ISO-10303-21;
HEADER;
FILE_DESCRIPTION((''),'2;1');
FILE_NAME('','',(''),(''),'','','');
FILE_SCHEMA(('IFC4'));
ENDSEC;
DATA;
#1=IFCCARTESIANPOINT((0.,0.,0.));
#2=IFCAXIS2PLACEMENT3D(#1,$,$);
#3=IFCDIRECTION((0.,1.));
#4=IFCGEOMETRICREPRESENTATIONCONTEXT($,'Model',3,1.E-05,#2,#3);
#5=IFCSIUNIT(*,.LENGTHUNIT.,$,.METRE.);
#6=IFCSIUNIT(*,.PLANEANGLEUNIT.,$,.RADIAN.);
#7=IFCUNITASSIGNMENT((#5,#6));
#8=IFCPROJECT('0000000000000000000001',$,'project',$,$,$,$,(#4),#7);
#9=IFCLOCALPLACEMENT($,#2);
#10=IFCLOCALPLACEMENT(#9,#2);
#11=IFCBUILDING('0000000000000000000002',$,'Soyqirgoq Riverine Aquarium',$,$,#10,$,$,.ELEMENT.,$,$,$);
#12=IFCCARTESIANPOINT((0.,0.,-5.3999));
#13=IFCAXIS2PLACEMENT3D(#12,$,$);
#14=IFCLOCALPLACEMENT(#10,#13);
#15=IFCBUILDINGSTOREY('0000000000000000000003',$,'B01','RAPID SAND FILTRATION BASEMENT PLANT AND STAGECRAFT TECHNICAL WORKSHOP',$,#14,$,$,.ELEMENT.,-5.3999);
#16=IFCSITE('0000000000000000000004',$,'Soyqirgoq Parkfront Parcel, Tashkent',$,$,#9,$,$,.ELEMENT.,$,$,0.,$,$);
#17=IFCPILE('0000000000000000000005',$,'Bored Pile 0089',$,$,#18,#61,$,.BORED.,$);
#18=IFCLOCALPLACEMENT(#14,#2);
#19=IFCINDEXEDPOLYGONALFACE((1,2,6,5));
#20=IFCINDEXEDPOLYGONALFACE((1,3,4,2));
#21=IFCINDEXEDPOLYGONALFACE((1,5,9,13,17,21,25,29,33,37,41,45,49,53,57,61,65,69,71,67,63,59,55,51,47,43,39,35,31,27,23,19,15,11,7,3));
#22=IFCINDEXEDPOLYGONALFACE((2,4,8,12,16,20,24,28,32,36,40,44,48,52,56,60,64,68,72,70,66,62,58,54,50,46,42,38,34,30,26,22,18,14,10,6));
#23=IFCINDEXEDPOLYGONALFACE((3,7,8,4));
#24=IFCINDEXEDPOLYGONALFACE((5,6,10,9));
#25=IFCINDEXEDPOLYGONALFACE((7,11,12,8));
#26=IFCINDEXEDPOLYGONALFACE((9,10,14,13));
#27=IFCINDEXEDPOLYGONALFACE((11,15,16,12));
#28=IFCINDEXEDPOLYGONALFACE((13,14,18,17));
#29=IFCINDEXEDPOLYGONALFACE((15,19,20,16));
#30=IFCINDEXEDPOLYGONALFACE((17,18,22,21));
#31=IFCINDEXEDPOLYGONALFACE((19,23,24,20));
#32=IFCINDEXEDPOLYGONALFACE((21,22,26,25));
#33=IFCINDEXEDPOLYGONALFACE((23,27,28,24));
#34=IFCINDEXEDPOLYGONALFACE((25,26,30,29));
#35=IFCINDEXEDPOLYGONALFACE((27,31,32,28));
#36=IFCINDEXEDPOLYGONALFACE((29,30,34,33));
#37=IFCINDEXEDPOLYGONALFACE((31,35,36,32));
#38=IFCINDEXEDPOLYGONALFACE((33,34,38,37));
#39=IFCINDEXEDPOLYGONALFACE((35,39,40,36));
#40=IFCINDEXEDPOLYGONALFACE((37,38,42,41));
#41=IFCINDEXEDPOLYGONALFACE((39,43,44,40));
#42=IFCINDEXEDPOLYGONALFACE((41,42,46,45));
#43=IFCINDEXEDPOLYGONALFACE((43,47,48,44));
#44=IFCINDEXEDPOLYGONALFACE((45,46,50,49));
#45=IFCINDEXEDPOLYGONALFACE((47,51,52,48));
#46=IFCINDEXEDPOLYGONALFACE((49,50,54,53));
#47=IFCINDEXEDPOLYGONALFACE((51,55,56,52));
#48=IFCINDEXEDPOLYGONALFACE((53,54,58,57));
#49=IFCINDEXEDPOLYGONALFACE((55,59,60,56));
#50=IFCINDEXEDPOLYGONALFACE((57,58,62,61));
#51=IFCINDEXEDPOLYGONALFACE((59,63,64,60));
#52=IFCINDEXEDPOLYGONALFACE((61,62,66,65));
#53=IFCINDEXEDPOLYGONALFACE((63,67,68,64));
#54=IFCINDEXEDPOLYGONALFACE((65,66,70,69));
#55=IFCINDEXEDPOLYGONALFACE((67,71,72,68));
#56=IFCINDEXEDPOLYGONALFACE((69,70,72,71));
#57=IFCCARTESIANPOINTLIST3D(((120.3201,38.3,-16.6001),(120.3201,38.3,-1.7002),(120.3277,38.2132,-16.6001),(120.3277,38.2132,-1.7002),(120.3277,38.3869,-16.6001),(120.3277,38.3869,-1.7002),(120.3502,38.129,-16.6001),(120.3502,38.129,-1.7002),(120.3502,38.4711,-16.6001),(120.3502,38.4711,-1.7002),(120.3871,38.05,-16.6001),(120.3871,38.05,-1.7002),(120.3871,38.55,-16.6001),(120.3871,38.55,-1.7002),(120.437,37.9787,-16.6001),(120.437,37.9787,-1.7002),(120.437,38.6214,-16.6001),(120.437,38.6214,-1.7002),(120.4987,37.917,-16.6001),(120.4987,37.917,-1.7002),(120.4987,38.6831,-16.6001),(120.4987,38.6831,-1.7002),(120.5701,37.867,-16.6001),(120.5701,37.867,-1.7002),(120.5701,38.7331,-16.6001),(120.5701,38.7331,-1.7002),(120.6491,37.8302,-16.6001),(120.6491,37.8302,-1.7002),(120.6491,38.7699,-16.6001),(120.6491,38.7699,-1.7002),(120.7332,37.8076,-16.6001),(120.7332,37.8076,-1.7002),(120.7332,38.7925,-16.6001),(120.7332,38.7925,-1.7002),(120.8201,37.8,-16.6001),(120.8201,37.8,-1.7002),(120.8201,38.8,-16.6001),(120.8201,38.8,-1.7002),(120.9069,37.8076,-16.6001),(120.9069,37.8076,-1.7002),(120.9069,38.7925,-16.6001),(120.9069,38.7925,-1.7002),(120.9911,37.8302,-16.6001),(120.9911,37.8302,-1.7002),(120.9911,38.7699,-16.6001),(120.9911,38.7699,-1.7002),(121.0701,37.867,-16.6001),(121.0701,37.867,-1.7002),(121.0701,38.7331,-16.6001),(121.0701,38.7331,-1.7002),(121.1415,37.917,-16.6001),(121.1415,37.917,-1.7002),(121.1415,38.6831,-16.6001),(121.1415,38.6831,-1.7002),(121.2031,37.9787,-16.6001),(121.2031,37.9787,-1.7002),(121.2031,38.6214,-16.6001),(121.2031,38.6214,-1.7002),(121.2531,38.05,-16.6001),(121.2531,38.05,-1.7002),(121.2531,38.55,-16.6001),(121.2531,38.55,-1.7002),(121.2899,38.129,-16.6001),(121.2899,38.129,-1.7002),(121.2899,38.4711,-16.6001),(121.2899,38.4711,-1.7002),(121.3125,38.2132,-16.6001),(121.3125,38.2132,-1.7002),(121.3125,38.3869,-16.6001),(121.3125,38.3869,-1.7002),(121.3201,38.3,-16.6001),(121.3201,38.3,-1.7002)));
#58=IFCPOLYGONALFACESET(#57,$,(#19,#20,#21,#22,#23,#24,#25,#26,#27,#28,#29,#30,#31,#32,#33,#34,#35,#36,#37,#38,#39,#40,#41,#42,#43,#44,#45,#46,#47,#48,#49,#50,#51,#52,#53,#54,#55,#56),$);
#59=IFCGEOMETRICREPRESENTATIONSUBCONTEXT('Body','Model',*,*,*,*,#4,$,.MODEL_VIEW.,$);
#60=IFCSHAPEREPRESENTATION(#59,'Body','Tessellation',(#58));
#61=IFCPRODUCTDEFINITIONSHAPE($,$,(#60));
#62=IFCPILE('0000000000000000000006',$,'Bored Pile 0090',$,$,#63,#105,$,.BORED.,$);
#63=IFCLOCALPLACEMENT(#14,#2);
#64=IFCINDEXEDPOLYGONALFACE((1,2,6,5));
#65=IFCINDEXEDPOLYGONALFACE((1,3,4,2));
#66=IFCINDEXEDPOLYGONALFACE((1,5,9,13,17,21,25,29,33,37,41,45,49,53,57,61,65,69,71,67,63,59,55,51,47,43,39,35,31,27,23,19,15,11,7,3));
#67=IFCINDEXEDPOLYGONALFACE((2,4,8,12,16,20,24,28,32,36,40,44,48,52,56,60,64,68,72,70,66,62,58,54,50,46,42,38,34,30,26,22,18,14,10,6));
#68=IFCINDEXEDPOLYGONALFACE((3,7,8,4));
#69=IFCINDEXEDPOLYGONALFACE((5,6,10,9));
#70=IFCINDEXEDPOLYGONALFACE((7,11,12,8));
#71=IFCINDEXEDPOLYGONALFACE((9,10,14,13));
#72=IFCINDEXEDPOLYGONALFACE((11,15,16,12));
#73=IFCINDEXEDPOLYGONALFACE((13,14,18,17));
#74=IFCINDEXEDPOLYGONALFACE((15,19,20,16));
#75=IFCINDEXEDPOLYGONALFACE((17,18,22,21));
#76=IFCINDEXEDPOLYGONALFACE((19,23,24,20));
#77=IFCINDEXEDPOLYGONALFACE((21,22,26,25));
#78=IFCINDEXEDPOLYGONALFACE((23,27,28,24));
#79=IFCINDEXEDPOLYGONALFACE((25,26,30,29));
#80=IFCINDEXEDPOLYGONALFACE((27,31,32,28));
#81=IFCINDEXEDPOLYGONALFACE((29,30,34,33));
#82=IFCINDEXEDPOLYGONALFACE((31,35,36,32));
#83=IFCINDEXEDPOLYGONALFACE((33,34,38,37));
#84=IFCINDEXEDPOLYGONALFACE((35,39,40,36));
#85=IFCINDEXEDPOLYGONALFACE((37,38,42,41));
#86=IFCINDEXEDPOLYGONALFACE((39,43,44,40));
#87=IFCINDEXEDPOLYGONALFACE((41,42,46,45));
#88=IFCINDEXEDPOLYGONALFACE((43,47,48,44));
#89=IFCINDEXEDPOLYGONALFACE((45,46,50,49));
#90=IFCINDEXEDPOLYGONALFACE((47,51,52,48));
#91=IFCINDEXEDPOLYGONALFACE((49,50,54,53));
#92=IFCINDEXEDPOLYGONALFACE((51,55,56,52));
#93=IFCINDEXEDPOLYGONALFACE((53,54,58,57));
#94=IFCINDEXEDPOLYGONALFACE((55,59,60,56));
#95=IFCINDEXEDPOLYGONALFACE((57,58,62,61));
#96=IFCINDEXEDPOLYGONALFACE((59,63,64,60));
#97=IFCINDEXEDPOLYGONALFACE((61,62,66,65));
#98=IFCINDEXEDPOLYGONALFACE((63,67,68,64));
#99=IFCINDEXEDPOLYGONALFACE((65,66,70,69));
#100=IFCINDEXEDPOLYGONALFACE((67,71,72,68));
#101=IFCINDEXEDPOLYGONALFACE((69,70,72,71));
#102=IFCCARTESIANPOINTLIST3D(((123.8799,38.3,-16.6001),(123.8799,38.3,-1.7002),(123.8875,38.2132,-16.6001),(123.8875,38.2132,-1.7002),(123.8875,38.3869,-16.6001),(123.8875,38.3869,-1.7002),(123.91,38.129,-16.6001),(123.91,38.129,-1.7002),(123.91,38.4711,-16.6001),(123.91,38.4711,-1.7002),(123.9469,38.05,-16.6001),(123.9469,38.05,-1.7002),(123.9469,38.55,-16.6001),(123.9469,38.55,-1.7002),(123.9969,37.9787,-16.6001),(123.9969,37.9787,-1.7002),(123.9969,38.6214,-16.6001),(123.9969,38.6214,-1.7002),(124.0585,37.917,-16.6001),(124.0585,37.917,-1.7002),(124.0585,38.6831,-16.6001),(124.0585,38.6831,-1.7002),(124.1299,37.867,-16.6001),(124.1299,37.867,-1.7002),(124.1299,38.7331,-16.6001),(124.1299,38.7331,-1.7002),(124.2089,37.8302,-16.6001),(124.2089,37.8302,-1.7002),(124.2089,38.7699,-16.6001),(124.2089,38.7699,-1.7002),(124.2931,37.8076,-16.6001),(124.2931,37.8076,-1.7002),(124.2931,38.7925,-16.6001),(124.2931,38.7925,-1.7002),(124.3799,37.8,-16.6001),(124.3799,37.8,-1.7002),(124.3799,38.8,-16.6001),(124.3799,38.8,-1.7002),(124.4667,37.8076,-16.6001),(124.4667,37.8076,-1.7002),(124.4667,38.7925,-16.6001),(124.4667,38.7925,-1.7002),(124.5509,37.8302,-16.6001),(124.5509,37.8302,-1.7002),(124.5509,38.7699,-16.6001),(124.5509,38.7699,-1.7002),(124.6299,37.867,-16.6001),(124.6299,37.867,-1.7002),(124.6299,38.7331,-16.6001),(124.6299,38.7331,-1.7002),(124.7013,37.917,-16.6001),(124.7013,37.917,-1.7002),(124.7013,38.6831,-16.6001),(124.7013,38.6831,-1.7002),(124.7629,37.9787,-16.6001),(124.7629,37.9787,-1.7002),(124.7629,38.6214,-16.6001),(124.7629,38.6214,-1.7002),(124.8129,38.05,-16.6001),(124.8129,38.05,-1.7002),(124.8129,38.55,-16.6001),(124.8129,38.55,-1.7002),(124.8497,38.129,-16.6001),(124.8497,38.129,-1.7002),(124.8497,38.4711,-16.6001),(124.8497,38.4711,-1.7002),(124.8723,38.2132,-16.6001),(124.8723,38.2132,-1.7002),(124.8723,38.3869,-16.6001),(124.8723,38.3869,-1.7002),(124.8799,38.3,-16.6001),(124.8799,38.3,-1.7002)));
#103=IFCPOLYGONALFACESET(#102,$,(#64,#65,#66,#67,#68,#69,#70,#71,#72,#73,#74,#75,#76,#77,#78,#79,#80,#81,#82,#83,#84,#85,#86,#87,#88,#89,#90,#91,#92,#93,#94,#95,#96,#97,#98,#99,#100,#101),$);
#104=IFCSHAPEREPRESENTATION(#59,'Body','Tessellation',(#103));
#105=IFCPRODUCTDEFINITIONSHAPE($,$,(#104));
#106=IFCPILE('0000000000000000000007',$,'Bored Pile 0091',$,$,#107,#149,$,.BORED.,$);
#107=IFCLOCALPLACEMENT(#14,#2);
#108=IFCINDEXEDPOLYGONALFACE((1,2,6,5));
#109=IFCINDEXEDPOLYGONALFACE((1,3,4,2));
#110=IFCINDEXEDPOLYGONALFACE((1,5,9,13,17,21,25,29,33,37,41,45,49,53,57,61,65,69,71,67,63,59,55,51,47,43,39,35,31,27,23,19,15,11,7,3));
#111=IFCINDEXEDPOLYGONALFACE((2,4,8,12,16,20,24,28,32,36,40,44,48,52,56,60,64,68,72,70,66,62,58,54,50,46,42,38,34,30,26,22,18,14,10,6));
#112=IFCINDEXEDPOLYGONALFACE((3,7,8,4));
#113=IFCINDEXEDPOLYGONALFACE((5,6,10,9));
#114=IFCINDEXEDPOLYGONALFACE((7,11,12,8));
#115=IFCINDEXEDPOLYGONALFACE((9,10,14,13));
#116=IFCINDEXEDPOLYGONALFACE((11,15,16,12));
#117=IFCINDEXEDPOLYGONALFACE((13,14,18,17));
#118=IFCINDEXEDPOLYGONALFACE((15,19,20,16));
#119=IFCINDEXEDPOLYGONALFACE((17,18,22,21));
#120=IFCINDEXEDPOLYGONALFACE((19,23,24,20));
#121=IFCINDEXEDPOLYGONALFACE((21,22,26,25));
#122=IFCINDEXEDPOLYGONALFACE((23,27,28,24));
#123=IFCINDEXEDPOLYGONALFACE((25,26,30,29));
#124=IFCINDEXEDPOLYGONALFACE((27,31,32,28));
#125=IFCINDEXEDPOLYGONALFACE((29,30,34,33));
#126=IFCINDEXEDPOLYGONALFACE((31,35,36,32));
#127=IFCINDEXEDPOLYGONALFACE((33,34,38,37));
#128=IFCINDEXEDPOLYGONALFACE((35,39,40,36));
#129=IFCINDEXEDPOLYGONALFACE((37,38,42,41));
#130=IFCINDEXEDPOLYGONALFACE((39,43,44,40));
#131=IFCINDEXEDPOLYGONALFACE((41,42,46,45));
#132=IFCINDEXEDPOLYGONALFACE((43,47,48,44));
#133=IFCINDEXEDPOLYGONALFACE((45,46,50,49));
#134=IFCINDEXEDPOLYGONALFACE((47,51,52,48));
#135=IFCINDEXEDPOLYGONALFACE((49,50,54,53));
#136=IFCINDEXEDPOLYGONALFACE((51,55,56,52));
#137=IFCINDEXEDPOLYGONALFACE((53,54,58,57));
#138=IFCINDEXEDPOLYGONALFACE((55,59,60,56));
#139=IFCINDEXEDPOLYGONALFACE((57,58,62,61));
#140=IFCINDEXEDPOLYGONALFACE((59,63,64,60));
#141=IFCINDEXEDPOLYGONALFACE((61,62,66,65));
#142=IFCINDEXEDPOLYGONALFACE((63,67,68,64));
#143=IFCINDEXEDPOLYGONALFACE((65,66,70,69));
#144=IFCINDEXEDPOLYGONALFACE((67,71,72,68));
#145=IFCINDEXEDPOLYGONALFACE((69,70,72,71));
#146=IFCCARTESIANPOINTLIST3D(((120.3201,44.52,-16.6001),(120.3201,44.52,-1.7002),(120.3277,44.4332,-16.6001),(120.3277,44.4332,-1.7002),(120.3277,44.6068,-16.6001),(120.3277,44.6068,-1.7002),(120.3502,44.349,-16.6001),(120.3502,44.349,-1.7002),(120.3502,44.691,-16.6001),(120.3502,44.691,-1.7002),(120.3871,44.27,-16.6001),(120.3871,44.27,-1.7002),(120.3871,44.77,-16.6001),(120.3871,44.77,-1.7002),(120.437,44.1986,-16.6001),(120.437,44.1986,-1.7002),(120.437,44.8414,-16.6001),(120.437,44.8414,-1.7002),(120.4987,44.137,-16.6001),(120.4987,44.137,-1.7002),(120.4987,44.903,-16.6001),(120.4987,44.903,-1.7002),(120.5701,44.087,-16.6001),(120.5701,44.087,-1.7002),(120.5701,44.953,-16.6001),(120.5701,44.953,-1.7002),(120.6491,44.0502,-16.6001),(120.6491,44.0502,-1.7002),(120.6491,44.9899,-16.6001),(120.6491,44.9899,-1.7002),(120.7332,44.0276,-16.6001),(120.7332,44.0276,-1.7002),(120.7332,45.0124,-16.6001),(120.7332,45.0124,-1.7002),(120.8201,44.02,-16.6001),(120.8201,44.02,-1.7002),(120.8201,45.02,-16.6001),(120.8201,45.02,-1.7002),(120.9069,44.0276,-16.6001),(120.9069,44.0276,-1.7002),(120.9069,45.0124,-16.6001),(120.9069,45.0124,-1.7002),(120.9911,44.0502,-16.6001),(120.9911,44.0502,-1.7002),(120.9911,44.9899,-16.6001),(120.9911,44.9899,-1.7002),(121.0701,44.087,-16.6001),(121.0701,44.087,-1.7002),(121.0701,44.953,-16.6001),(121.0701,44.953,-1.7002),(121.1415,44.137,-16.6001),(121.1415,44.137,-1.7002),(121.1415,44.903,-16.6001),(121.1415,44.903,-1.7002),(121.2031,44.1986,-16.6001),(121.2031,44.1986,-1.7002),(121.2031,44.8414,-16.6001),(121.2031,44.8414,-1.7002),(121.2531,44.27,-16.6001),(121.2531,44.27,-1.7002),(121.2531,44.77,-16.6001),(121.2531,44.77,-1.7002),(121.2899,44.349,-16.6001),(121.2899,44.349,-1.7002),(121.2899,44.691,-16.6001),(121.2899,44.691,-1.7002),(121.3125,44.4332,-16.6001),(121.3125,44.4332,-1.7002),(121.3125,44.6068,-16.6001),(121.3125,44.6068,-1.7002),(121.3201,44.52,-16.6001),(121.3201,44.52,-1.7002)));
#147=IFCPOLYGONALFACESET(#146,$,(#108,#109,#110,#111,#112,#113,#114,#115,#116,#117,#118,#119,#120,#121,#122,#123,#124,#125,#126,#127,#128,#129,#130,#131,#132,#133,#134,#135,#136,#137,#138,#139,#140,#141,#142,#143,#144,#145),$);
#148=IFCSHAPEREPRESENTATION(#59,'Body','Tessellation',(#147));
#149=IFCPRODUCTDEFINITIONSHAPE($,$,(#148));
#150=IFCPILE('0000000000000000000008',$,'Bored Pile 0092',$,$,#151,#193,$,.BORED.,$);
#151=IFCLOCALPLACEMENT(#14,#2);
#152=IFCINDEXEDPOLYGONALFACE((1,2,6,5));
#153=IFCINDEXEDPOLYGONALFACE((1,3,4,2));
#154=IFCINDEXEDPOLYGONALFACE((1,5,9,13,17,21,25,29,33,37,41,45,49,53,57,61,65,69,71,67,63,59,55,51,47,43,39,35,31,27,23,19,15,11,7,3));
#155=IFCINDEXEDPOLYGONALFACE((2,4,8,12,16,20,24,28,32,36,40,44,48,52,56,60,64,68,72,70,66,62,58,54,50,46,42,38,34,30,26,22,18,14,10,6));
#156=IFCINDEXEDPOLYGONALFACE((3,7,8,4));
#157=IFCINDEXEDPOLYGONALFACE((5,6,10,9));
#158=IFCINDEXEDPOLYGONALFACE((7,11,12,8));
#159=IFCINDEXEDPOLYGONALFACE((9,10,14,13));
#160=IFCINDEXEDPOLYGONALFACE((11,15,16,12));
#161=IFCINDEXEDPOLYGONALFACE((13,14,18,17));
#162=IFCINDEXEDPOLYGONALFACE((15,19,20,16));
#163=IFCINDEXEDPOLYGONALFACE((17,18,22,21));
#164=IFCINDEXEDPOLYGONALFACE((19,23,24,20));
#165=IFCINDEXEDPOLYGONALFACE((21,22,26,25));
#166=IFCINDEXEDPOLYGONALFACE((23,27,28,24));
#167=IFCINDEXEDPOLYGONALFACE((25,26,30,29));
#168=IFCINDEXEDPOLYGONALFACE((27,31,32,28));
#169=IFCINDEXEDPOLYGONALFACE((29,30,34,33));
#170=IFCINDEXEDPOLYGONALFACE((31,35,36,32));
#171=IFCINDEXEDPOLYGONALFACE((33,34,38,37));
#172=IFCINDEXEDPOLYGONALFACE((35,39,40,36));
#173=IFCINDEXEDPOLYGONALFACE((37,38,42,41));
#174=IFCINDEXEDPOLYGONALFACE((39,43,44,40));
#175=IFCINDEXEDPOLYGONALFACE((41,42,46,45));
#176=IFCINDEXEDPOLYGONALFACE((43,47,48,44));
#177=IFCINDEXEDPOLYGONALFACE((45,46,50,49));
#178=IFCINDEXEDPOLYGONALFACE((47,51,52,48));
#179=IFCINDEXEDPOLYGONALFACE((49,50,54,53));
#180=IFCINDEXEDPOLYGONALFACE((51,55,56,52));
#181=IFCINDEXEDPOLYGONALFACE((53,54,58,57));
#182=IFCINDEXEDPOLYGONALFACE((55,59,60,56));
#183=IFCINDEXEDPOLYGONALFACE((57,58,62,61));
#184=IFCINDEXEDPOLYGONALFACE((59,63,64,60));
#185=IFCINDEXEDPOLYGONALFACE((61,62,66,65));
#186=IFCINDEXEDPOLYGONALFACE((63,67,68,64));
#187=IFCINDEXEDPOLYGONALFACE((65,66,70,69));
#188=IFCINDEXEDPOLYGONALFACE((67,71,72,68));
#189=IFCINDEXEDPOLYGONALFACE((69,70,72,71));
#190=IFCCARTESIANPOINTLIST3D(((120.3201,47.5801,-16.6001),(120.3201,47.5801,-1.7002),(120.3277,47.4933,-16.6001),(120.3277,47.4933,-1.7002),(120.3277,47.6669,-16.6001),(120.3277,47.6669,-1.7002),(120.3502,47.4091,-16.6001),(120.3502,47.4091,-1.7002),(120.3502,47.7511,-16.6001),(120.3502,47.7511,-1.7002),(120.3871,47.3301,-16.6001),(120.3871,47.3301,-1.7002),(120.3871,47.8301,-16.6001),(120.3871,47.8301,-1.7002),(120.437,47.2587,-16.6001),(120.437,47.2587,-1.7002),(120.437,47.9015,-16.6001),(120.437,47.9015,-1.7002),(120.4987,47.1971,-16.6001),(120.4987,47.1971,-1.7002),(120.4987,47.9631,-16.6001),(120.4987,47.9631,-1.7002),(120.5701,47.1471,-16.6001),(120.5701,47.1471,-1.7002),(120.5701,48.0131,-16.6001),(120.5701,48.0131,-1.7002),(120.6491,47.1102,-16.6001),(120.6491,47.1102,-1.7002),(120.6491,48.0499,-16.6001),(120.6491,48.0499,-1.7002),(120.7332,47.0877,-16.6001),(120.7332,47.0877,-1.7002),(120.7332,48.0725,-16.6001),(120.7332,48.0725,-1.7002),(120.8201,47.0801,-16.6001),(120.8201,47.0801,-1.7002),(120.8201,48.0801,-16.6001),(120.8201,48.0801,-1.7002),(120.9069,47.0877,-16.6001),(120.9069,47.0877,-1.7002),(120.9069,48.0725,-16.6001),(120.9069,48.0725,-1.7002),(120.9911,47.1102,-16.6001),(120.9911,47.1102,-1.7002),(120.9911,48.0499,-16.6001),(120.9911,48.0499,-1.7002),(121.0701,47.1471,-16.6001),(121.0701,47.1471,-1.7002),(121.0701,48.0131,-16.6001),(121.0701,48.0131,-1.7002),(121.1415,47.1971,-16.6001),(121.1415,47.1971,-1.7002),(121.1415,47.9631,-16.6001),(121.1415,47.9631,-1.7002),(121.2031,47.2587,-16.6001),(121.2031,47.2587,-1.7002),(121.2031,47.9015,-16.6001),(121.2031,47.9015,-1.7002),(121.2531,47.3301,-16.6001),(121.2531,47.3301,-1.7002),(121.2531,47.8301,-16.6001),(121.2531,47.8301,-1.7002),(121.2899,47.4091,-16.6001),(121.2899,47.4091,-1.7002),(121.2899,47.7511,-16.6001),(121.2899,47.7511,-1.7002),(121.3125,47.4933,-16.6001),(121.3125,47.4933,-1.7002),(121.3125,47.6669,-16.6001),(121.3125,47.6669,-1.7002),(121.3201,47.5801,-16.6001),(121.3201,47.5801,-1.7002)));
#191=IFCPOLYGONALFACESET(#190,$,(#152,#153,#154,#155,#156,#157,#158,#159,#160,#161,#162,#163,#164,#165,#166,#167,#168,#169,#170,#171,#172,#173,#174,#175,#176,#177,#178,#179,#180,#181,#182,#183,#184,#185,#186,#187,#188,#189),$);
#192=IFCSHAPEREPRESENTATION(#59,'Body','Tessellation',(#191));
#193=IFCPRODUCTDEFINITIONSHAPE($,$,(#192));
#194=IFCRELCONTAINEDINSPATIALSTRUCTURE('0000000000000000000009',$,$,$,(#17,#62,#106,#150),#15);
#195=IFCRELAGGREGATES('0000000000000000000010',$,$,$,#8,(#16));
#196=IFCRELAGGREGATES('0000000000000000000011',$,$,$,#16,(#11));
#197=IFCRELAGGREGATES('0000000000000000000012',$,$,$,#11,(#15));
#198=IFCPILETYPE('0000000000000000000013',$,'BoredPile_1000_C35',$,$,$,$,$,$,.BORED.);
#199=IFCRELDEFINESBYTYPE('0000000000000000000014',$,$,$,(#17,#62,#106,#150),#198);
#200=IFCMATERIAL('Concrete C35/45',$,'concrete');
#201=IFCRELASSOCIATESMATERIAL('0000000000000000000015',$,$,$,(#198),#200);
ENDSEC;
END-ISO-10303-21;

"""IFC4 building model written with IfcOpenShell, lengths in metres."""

from ifc_helpers import new_model, si_unit, direction, frame, origin, origin_2d, place, context, subcontext, project, spatial, circle, extrude, material, material_profile, profile_set, type_object, element, save


model = new_model("IFC4")

# Units and contexts
model_context = context("Model", 3, precision=1e-05, world=origin(), true_north=direction((0.0, 1.0)))
body_context = subcontext(model_context, "Body", "Model", "MODEL_VIEW")
ifc_project = project(units=[si_unit("LENGTHUNIT", "METRE"), si_unit("PLANEANGLEUNIT", "RADIAN")], contexts=[model_context])

# Site, building, storey
site_placement = place(None, origin())
site = spatial("IfcSite", under=ifc_project, at=site_placement, Name="Soyqirgoq Parkfront Parcel, Tashkent", CompositionType="ELEMENT", RefElevation=0.0)
building_placement = place(site_placement, origin())
building = spatial("IfcBuilding", under=site, at=building_placement, Name="Soyqirgoq Riverine Aquarium", CompositionType="ELEMENT")
storey_placement = place(building_placement, frame((0.0, 0.0, -5.3999)))
storey = spatial("IfcBuildingStorey", under=building, at=storey_placement, Name="B01", Description="RAPID SAND FILTRATION BASEMENT PLANT AND STAGECRAFT TECHNICAL WORKSHOP", CompositionType="ELEMENT", Elevation=-5.3999)

# Piles
ifc_material_1 = material(Name="Concrete C35/45", Category="concrete")
ifc_material_profile_1 = material_profile(ifc_material_1, circle(Radius=0.5, at=origin_2d()), Name="BP D1000")
ifc_profile_set_1 = profile_set([ifc_material_profile_1], Name="Concrete C35/45")
pile_type_1 = type_object("IfcPileType", Name="BoredPile_1000_C35", PredefinedType="BORED", material=ifc_profile_set_1)
for number, where, z_axis, x_axis, name in (
    (1, (120.8201, 38.3, -1.7002), (0.0, 0.0, -1.0), (1.0, 0.0, 0.0), "Bored Pile 0089"),
    (2, (124.3799, 38.3, -1.7002), (0.0, 0.0, -1.0), (1.0, 0.0, 0.0), "Bored Pile 0090"),
    (3, (120.8201, 44.52, -1.7002), (0.0, 0.0, -1.0), (1.0, 0.0, 0.0), "Bored Pile 0091"),
    (4, (120.8201, 47.5801, -1.7002), (0.0, 0.0, -1.0), (1.0, 0.0, 0.0), "Bored Pile 0092"),
):
    element("IfcPile", number, at=place(storey_placement, frame(where, z_axis=z_axis, x_axis=x_axis)), inside=storey, type_object=pile_type_1, Name=name, PredefinedType="BORED", context=body_context, shape_type="SweptSolid", body=[
        extrude(circle(Radius=0.5, at=origin_2d()), origin(), (0.0, 0.0, 1.0), 14.8999),
    ])

save(model, "model.ifc")
